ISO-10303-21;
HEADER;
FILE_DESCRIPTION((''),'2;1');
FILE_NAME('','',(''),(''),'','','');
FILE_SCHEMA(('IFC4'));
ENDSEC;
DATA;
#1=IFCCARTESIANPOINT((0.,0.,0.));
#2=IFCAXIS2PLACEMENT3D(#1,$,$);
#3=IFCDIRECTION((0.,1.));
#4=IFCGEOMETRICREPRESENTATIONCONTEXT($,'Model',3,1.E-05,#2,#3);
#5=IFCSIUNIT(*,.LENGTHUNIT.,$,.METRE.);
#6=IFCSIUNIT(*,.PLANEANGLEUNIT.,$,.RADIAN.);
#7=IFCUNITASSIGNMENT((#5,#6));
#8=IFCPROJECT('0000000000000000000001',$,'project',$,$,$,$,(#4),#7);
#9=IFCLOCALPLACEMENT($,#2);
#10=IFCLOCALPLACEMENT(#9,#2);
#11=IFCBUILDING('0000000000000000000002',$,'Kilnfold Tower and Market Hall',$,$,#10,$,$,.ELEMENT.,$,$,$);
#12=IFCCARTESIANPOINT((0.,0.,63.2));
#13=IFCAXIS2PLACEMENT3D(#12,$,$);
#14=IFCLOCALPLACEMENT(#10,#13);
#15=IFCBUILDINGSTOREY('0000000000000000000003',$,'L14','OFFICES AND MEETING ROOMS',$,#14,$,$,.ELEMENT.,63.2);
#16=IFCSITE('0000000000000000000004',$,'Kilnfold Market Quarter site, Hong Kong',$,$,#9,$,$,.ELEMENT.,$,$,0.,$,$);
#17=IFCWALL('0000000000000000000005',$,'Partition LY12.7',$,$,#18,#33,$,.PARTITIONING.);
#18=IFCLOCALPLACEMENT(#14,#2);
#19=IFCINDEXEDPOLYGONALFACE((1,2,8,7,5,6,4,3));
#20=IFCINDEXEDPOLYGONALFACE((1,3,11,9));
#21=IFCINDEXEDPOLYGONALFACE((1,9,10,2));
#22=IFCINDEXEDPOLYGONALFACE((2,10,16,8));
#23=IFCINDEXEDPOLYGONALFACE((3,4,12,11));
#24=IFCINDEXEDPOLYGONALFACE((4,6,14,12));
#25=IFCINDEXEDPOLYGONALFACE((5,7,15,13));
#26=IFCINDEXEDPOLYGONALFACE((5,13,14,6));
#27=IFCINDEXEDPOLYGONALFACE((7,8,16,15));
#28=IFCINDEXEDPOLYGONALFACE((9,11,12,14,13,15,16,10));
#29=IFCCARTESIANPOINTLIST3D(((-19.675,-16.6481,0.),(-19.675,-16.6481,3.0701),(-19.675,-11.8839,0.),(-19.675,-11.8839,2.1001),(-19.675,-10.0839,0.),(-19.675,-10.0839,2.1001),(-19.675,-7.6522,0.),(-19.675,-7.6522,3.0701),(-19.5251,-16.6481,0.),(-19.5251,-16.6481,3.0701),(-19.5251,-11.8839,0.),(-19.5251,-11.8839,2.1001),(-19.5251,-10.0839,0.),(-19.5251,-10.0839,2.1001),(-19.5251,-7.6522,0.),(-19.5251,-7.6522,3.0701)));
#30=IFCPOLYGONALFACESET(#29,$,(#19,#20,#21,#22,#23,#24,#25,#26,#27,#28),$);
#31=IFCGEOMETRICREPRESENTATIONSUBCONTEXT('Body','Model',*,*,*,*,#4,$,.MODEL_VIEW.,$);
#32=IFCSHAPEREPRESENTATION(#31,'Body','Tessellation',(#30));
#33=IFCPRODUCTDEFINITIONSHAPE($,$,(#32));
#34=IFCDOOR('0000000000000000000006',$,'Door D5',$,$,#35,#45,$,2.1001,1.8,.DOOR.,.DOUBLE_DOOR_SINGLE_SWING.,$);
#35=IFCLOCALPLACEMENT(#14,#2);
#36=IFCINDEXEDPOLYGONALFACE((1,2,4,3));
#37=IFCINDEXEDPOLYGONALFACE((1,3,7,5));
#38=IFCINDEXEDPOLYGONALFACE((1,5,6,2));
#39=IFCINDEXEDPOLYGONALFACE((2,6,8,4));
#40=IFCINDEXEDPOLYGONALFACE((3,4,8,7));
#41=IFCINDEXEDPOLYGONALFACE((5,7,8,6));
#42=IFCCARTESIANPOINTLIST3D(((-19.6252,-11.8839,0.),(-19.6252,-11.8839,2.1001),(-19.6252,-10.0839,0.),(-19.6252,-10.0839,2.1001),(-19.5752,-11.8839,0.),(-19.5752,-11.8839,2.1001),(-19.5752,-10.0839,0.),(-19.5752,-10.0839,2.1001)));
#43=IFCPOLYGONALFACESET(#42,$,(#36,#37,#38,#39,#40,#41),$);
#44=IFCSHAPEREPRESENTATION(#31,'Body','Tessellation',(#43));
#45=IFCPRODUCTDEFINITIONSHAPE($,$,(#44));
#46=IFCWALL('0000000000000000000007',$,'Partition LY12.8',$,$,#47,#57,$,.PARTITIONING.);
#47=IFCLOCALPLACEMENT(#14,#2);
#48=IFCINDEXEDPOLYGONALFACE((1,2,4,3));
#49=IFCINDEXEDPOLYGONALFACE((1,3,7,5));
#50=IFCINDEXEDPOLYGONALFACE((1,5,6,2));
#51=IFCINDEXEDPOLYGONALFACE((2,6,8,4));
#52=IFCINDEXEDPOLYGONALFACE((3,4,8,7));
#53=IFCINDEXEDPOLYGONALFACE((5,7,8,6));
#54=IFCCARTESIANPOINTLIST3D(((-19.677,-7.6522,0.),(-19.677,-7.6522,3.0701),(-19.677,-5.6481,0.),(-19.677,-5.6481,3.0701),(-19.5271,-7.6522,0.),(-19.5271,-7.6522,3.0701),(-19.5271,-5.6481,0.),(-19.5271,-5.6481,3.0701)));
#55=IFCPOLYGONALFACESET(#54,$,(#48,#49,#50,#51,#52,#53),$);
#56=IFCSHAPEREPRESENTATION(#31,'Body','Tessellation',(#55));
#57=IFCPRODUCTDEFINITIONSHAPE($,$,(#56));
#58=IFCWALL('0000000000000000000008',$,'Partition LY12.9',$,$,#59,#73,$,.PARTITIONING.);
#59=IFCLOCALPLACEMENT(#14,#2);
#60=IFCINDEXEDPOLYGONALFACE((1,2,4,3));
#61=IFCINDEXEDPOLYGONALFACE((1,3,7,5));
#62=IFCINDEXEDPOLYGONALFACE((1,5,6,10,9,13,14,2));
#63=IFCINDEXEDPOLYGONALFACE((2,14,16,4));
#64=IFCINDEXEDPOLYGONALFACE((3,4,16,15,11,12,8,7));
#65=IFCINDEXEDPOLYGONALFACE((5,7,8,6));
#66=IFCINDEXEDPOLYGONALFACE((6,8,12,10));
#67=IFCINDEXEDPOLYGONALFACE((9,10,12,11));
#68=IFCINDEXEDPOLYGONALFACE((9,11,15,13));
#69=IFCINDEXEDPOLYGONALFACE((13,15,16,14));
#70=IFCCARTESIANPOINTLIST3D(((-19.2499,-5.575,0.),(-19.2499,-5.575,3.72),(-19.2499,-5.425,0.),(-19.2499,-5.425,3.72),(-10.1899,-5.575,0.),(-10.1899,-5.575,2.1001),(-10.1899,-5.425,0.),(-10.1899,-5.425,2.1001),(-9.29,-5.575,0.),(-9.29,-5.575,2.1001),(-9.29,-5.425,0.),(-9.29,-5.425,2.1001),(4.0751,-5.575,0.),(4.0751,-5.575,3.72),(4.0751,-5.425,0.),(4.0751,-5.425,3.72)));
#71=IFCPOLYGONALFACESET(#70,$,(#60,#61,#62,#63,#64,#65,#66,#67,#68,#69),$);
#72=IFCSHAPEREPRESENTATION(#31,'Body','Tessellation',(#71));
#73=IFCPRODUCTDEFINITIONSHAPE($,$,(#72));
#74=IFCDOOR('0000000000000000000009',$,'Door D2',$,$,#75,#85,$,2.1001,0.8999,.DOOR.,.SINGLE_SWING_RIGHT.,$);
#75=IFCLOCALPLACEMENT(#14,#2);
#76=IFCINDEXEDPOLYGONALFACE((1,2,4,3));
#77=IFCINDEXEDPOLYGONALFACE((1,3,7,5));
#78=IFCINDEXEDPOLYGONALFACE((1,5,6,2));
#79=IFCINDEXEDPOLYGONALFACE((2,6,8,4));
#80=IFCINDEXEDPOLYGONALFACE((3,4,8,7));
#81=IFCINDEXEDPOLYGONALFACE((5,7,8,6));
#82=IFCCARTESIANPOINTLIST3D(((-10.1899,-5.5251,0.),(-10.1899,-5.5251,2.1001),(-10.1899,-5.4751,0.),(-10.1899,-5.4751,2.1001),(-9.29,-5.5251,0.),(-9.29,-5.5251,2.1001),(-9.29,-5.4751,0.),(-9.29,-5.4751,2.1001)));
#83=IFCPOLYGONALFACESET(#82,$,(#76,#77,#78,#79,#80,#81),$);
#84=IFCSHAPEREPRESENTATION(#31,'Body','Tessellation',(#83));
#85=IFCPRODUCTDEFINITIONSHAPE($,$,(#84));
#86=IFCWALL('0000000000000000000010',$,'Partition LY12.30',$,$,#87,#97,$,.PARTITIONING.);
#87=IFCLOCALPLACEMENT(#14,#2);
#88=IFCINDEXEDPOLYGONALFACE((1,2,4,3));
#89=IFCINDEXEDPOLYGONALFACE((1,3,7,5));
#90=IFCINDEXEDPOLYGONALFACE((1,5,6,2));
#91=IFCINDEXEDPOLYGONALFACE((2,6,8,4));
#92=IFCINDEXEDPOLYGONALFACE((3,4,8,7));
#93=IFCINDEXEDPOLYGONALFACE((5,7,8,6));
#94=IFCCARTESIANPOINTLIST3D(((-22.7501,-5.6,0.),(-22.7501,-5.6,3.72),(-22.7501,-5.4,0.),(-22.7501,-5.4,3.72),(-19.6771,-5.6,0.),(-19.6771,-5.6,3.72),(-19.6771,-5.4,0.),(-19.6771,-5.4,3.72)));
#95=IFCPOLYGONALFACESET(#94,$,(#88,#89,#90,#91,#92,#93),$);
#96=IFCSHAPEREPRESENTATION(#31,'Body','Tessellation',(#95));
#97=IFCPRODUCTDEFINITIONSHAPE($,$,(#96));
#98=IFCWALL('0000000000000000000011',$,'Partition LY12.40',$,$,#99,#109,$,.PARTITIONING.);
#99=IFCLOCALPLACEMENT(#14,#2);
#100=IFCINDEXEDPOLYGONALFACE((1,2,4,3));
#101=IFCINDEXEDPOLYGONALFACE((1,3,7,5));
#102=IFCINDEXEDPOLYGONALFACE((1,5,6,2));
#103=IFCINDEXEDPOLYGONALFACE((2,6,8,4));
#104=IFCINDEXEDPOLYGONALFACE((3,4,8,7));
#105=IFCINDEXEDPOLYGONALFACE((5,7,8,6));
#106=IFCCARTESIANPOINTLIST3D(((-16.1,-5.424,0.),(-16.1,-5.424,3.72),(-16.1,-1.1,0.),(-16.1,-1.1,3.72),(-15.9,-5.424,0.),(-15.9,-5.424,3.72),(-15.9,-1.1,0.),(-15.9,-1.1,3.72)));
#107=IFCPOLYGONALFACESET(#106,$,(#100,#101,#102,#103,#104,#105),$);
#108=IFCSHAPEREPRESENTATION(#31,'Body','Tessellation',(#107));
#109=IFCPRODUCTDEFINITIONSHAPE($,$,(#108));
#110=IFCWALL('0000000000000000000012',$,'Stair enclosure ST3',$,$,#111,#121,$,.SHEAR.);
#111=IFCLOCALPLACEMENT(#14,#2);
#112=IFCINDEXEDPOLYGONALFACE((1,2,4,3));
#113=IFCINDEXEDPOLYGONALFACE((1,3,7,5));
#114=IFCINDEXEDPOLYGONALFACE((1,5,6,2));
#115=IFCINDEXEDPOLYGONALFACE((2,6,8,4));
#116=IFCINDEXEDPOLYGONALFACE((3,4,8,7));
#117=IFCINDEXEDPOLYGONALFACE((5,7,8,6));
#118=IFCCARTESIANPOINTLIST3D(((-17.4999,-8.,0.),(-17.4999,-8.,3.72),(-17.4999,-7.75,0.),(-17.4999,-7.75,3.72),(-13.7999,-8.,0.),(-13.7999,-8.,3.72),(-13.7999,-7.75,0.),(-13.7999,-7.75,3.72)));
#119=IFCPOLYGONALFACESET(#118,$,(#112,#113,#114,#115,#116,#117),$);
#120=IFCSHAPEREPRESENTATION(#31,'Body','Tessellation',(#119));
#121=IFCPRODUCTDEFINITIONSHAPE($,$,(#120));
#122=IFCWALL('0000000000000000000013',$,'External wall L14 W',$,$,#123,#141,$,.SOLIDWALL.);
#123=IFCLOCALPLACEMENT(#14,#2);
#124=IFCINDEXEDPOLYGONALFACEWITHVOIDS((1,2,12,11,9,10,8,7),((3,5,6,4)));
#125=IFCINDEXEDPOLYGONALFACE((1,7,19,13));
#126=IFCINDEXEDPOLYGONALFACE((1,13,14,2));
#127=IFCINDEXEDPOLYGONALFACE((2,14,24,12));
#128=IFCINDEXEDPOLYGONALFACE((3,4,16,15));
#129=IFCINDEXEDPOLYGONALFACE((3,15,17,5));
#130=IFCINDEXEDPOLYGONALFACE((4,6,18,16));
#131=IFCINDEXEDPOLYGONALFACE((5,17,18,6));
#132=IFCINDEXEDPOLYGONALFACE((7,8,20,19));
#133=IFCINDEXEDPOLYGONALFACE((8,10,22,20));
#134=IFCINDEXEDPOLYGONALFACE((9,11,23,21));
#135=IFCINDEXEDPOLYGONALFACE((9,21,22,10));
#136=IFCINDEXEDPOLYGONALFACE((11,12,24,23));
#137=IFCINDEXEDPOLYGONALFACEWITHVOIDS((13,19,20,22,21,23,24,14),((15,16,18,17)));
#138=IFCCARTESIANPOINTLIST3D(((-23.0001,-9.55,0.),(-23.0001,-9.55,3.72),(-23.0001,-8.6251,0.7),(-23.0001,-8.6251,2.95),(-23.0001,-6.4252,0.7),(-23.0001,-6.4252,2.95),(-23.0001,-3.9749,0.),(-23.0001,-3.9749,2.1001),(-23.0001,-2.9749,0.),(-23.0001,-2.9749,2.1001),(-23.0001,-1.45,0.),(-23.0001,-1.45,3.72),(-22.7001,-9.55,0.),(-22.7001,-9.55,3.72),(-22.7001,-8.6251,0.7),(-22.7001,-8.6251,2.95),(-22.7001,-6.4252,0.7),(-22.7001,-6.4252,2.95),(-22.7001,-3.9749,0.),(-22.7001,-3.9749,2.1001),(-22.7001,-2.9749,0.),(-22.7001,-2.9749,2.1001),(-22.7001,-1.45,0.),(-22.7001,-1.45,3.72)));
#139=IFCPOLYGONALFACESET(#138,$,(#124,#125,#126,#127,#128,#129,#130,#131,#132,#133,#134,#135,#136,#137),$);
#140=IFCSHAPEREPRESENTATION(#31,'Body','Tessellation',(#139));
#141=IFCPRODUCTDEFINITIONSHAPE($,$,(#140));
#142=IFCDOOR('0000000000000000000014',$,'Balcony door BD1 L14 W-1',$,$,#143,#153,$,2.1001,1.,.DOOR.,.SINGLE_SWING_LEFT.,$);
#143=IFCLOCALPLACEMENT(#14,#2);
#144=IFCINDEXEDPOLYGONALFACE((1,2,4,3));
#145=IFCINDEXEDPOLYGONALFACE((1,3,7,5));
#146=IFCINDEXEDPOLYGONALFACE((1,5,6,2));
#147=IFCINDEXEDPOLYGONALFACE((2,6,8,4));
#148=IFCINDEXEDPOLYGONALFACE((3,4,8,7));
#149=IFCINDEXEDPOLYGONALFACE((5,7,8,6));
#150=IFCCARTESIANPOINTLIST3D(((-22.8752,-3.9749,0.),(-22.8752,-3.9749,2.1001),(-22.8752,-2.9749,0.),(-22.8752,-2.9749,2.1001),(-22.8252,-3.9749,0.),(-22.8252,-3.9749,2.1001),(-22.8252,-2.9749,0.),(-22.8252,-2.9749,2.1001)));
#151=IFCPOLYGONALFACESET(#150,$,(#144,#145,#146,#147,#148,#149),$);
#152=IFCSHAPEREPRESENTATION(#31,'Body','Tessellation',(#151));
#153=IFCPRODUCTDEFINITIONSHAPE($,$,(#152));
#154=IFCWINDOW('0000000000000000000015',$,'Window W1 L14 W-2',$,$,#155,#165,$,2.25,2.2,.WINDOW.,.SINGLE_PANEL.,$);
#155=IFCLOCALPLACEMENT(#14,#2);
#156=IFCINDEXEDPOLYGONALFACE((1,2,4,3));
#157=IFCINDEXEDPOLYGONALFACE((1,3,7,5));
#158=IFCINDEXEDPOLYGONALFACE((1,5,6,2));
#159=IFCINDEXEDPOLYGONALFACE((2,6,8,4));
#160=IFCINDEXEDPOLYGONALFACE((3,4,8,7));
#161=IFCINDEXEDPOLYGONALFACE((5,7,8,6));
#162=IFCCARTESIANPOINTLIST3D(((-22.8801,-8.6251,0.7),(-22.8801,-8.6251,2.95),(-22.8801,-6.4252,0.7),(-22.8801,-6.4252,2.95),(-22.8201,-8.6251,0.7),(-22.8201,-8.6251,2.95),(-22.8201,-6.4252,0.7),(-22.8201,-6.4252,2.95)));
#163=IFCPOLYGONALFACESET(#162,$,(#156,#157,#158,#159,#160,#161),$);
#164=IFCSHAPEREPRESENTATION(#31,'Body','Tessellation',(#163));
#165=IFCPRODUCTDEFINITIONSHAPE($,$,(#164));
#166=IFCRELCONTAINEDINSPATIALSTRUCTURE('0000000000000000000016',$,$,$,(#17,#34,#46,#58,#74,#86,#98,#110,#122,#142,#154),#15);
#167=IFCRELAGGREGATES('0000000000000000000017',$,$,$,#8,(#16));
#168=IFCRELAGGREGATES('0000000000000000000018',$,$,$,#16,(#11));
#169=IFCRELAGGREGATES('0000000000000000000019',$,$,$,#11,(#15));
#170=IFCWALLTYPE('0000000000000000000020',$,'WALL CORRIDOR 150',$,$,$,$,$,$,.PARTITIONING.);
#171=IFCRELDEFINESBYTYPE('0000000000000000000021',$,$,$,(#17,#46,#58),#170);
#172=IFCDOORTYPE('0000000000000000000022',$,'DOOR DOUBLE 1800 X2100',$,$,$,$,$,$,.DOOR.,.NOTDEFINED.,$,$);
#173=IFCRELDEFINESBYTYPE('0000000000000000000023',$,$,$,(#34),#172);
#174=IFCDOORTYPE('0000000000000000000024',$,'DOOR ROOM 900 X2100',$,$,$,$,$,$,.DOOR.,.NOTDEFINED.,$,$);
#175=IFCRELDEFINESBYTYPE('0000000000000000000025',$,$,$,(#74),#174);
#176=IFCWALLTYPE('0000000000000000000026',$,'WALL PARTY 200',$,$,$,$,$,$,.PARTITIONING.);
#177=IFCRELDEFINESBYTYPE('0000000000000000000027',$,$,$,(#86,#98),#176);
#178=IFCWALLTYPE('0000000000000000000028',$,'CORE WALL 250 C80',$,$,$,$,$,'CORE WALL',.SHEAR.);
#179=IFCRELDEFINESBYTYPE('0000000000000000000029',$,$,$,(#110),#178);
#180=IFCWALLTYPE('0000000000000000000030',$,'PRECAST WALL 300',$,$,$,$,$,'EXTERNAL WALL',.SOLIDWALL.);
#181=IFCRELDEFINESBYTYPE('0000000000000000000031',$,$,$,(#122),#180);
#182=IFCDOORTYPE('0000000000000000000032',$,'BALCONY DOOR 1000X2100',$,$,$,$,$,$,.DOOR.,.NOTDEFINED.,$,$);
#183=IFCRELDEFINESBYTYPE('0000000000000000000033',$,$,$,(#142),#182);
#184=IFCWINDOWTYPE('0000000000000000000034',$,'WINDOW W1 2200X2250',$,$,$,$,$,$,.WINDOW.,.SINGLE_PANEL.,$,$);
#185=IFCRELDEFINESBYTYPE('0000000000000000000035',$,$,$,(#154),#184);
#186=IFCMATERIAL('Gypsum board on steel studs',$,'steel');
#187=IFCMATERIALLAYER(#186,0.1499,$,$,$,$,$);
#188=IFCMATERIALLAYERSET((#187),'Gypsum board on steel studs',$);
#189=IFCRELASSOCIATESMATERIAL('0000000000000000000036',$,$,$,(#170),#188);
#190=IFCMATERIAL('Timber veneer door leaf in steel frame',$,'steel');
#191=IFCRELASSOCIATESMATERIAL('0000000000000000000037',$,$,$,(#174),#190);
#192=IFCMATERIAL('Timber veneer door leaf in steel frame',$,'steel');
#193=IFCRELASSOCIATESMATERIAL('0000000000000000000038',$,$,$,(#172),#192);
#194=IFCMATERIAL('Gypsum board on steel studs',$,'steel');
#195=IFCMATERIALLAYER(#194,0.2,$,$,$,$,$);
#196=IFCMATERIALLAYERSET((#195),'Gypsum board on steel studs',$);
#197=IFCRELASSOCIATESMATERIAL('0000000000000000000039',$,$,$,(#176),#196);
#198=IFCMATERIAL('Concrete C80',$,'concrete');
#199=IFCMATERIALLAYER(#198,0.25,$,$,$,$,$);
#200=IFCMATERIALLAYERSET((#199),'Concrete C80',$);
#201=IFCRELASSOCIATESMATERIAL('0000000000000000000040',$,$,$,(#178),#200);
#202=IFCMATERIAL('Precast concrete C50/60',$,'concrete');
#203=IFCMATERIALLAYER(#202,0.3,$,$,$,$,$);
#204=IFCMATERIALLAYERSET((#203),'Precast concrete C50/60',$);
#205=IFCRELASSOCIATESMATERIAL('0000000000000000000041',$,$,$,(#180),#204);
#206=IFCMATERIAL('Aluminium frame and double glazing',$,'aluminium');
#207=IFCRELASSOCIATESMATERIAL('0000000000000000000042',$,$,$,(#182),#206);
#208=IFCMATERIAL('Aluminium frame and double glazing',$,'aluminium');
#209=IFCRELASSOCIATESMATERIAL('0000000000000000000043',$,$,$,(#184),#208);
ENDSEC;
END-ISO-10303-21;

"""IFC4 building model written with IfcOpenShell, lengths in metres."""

from ifc_helpers import new_model, si_unit, direction, frame, frame_2d, origin, place, context, subcontext, project, spatial, rectangle, extrude, source, transform, mapped, material, layer, layer_set, type_object, element, fill, save


model = new_model("IFC4")

# Units and contexts
model_context = context("Model", 3, precision=1e-05, world=origin(), true_north=direction((0.0, 1.0)))
body_context = subcontext(model_context, "Body", "Model", "MODEL_VIEW")
ifc_project = project(units=[si_unit("LENGTHUNIT", "METRE"), si_unit("PLANEANGLEUNIT", "RADIAN")], contexts=[model_context])

# Site, building, storey
site_placement = place(None, origin())
site = spatial("IfcSite", under=ifc_project, at=site_placement, Name="Kilnfold Market Quarter site, Hong Kong", CompositionType="ELEMENT", RefElevation=0.0)
building_placement = place(site_placement, origin())
building = spatial("IfcBuilding", under=site, at=building_placement, Name="Kilnfold Tower and Market Hall", CompositionType="ELEMENT")
storey_placement = place(building_placement, frame((0.0, 0.0, 63.2)))
storey = spatial("IfcBuildingStorey", under=building, at=storey_placement, Name="L14", Description="OFFICES AND MEETING ROOMS", CompositionType="ELEMENT", Elevation=63.2)

# Shared definitions
ifc_material_1 = material(Name="Gypsum board on steel studs", Category="steel")
ifc_layer_1 = layer(ifc_material_1, 0.1499)
ifc_layer_set_1 = layer_set([ifc_layer_1], Name="Gypsum board on steel studs")
wall_type_1 = type_object("IfcWallType", Name="WALL CORRIDOR 150", PredefinedType="PARTITIONING", material=ifc_layer_set_1)

# Shared definitions
ifc_material_2 = material(Name="Timber veneer door leaf in steel frame", Category="steel")
door_type_1 = type_object("IfcDoorType", Name="DOOR ROOM 900 X2100", OperationType="NOTDEFINED", PredefinedType="DOOR", material=ifc_material_2)

# Wall, opening, door
wall_1_placement = place(storey_placement, frame((-19.6001, -7.6521, 0.0), z_axis=(0.0, 0.0, 1.0), x_axis=(0.0, -1.0, 0.0)))
wall_1 = element("IfcWall", 1, at=wall_1_placement, inside=storey, type_object=wall_type_1, Name="Partition LY12.7", PredefinedType="PARTITIONING", context=body_context, shape_type="SweptSolid", body=[
    extrude(rectangle(XDim=8.9958, YDim=0.1499, at=frame_2d((4.498, 0.0))), origin(), (0.0, 0.0, 1.0), 3.0701),
])
opening_1_placement = place(wall_1_placement, frame((2.4319, 0.0, 0.0)))
opening_1 = element("IfcOpeningElement", 2, at=opening_1_placement, cuts=wall_1, PredefinedType="OPENING", context=body_context, shape_type="SweptSolid", body=[
    extrude(rectangle(XDim=1.8, YDim=2.1001, at=frame_2d((0.8999, 1.05))), frame((0.0, 0.085, 0.0), z_axis=(0.0, -1.0, 0.0), x_axis=(1.0, 0.0, 0.0)), (0.0, 0.0, 1.0), 0.1699),
])
ifc_material_3 = material(Name="Timber veneer door leaf in steel frame", Category="steel")
door_type_2 = type_object("IfcDoorType", Name="DOOR DOUBLE 1800 X2100", OperationType="NOTDEFINED", PredefinedType="DOOR", material=ifc_material_3)
door_1_placement = place(opening_1_placement, origin())
door_1 = element("IfcDoor", 3, at=door_1_placement, inside=storey, type_object=door_type_2, Name="Door D5", OperationType="DOUBLE_DOOR_SINGLE_SWING", OverallHeight=2.1001, OverallWidth=1.8, PredefinedType="DOOR", context=body_context, shape_type="SweptSolid", body=[
    extrude(rectangle(XDim=1.8, YDim=2.1001, at=frame_2d((0.8999, 1.05))), frame((0.0, 0.0249, 0.0), z_axis=(0.0, -1.0, 0.0), x_axis=(1.0, 0.0, 0.0)), (0.0, 0.0, 1.0), 0.05),
])
fill(opening_1, door_1)

# Wall
wall_2_placement = place(storey_placement, frame((-19.6021, -7.6521, 0.0), z_axis=(0.0, 0.0, 1.0), x_axis=(0.0, 1.0, 0.0)))
element("IfcWall", 4, at=wall_2_placement, inside=storey, type_object=wall_type_1, Name="Partition LY12.8", PredefinedType="PARTITIONING", context=body_context, shape_type="SweptSolid", body=[
    extrude(rectangle(XDim=2.0042, YDim=0.1499, at=frame_2d((1.002, 0.0))), origin(), (0.0, 0.0, 1.0), 3.0701),
])

# Wall, opening, door
wall_3_placement = place(storey_placement, frame((-19.25, -5.5, 0.0), z_axis=(0.0, 0.0, 1.0), x_axis=(1.0, 0.0, 0.0)))
wall_3 = element("IfcWall", 5, at=wall_3_placement, inside=storey, type_object=wall_type_1, Name="Partition LY12.9", PredefinedType="PARTITIONING", context=body_context, shape_type="SweptSolid", body=[
    extrude(rectangle(XDim=23.325, YDim=0.1499, at=frame_2d((11.6626, 0.0))), origin(), (0.0, 0.0, 1.0), 3.72),
])
opening_2_placement = place(wall_3_placement, frame((9.0601, 0.0, 0.0)))
opening_2 = element("IfcOpeningElement", 6, at=opening_2_placement, cuts=wall_3, PredefinedType="OPENING", context=body_context, shape_type="SweptSolid", body=[
    extrude(rectangle(XDim=0.8999, YDim=2.1001, at=frame_2d((0.45, 1.05))), frame((0.0, 0.085, 0.0), z_axis=(0.0, -1.0, 0.0), x_axis=(1.0, 0.0, 0.0)), (0.0, 0.0, 1.0), 0.1699),
])
door_2_placement = place(opening_2_placement, origin())
door_2 = element("IfcDoor", 7, at=door_2_placement, inside=storey, type_object=door_type_1, Name="Door D2", OperationType="SINGLE_SWING_RIGHT", OverallHeight=2.1001, OverallWidth=0.8999, PredefinedType="DOOR", context=body_context, shape_type="SweptSolid", body=[
    extrude(rectangle(XDim=0.8999, YDim=2.1001, at=frame_2d((0.45, 1.05))), frame((0.0, 0.0249, 0.0), z_axis=(0.0, -1.0, 0.0), x_axis=(1.0, 0.0, 0.0)), (0.0, 0.0, 1.0), 0.05),
])
fill(opening_2, door_2)

# Walls
ifc_material_4 = material(Name="Gypsum board on steel studs", Category="steel")
ifc_layer_2 = layer(ifc_material_4, 0.2)
ifc_layer_set_2 = layer_set([ifc_layer_2], Name="Gypsum board on steel studs")
wall_type_2 = type_object("IfcWallType", Name="WALL PARTY 200", PredefinedType="PARTITIONING", material=ifc_layer_set_2)
wall_4_placement = place(storey_placement, frame((-19.677, -5.5, 0.0), z_axis=(0.0, 0.0, 1.0), x_axis=(-1.0, 0.0, 0.0)))
element("IfcWall", 8, at=wall_4_placement, inside=storey, type_object=wall_type_2, Name="Partition LY12.30", PredefinedType="PARTITIONING", context=body_context, shape_type="SweptSolid", body=[
    extrude(rectangle(XDim=3.073, YDim=0.2, at=frame_2d((1.5366, 0.0))), origin(), (0.0, 0.0, 1.0), 3.72),
])
wall_5_placement = place(storey_placement, frame((-16.0, -5.4241, 0.0), z_axis=(0.0, 0.0, 1.0), x_axis=(0.0, 1.0, 0.0)))
element("IfcWall", 9, at=wall_5_placement, inside=storey, type_object=wall_type_2, Name="Partition LY12.40", PredefinedType="PARTITIONING", context=body_context, shape_type="SweptSolid", body=[
    extrude(rectangle(XDim=4.324, YDim=0.2, at=frame_2d((2.1621, 0.0))), origin(), (0.0, 0.0, 1.0), 3.72),
])
ifc_material_5 = material(Name="Concrete C80", Category="concrete")
ifc_layer_3 = layer(ifc_material_5, 0.25)
ifc_layer_set_3 = layer_set([ifc_layer_3], Name="Concrete C80")
wall_type_3 = type_object("IfcWallType", Name="CORE WALL 250 C80", ElementType="CORE WALL", PredefinedType="SHEAR", material=ifc_layer_set_3)
shared_shape_1 = source(origin(), body_context, "Body", "SweptSolid", [
    extrude(rectangle(XDim=3.7, YDim=0.25, at=frame_2d((1.8501, 0.0))), origin(), (0.0, 0.0, 1.0), 3.72),
])
wall_6_placement = place(storey_placement, frame((-17.5, -7.875, 0.0), z_axis=(0.0, 0.0, 1.0), x_axis=(1.0, 0.0, 0.0)))
element("IfcWall", 10, at=wall_6_placement, inside=storey, type_object=wall_type_3, Name="Stair enclosure ST3", PredefinedType="SHEAR", context=body_context, shape_type="MappedRepresentation", body=[
    mapped(shared_shape_1, transform((0.0, 0.0, 0.0))),
])

# Wall, openings, door, window
ifc_material_6 = material(Name="Precast concrete C50/60", Category="concrete")
ifc_layer_4 = layer(ifc_material_6, 0.3)
ifc_layer_set_4 = layer_set([ifc_layer_4], Name="Precast concrete C50/60")
wall_type_4 = type_object("IfcWallType", Name="PRECAST WALL 300", ElementType="EXTERNAL WALL", PredefinedType="SOLIDWALL", material=ifc_layer_set_4)
shared_shape_2 = source(origin(), body_context, "Body", "SweptSolid", [
    extrude(rectangle(XDim=8.1001, YDim=0.3, at=frame_2d((4.05, 0.0))), origin(), (0.0, 0.0, 1.0), 3.72),
])
wall_7_placement = place(storey_placement, frame((-22.8501, -1.45, 0.0), z_axis=(0.0, 0.0, 1.0), x_axis=(0.0, -1.0, 0.0)))
wall_7 = element("IfcWall", 11, at=wall_7_placement, inside=storey, type_object=wall_type_4, Name="External wall L14 W", PredefinedType="SOLIDWALL", context=body_context, shape_type="MappedRepresentation", body=[
    mapped(shared_shape_2, transform((0.0, 0.0, 0.0))),
])
opening_3_placement = place(wall_7_placement, frame((1.5249, 0.0, 0.0)))
opening_3 = element("IfcOpeningElement", 12, at=opening_3_placement, cuts=wall_7, PredefinedType="OPENING", context=body_context, shape_type="SweptSolid", body=[
    extrude(rectangle(XDim=1.0, YDim=2.1001, at=frame_2d((0.5, 1.05))), frame((0.0, 0.1602, 0.0), z_axis=(0.0, -1.0, 0.0), x_axis=(1.0, 0.0, 0.0)), (0.0, 0.0, 1.0), 0.3201),
])
opening_4_placement = place(wall_7_placement, frame((4.9751, 0.0, 0.7)))
opening_4 = element("IfcOpeningElement", 13, at=opening_4_placement, cuts=wall_7, PredefinedType="OPENING", context=body_context, shape_type="SweptSolid", body=[
    extrude(rectangle(XDim=2.2, YDim=2.25, at=frame_2d((1.1001, 1.125))), frame((0.0, 0.1602, 0.0), z_axis=(0.0, -1.0, 0.0), x_axis=(1.0, 0.0, 0.0)), (0.0, 0.0, 1.0), 0.3201),
])
ifc_material_7 = material(Name="Aluminium frame and double glazing", Category="aluminium")
door_type_3 = type_object("IfcDoorType", Name="BALCONY DOOR 1000X2100", OperationType="NOTDEFINED", PredefinedType="DOOR", material=ifc_material_7)
door_3_placement = place(opening_3_placement, origin())
door_3 = element("IfcDoor", 14, at=door_3_placement, inside=storey, type_object=door_type_3, Name="Balcony door BD1 L14 W-1", OperationType="SINGLE_SWING_LEFT", OverallHeight=2.1001, OverallWidth=1.0, PredefinedType="DOOR", context=body_context, shape_type="SweptSolid", body=[
    extrude(rectangle(XDim=1.0, YDim=2.1001, at=frame_2d((0.5, 1.05))), frame((0.0, 0.0249, 0.0), z_axis=(0.0, -1.0, 0.0), x_axis=(1.0, 0.0, 0.0)), (0.0, 0.0, 1.0), 0.05),
])
fill(opening_3, door_3)
ifc_material_8 = material(Name="Aluminium frame and double glazing", Category="aluminium")
window_type = type_object("IfcWindowType", Name="WINDOW W1 2200X2250", PartitioningType="SINGLE_PANEL", PredefinedType="WINDOW", material=ifc_material_8)
window_placement = place(opening_4_placement, origin())
window = element("IfcWindow", 15, at=window_placement, inside=storey, type_object=window_type, Name="Window W1 L14 W-2", OverallHeight=2.25, OverallWidth=2.2, PartitioningType="SINGLE_PANEL", PredefinedType="WINDOW", context=body_context, shape_type="SweptSolid", body=[
    extrude(rectangle(XDim=2.2, YDim=2.25, at=frame_2d((1.1001, 1.125))), frame((0.0, 0.03, 0.0), z_axis=(0.0, -1.0, 0.0), x_axis=(1.0, 0.0, 0.0)), (0.0, 0.0, 1.0), 0.0601),
])
fill(opening_4, window)

save(model, "model.ifc")
